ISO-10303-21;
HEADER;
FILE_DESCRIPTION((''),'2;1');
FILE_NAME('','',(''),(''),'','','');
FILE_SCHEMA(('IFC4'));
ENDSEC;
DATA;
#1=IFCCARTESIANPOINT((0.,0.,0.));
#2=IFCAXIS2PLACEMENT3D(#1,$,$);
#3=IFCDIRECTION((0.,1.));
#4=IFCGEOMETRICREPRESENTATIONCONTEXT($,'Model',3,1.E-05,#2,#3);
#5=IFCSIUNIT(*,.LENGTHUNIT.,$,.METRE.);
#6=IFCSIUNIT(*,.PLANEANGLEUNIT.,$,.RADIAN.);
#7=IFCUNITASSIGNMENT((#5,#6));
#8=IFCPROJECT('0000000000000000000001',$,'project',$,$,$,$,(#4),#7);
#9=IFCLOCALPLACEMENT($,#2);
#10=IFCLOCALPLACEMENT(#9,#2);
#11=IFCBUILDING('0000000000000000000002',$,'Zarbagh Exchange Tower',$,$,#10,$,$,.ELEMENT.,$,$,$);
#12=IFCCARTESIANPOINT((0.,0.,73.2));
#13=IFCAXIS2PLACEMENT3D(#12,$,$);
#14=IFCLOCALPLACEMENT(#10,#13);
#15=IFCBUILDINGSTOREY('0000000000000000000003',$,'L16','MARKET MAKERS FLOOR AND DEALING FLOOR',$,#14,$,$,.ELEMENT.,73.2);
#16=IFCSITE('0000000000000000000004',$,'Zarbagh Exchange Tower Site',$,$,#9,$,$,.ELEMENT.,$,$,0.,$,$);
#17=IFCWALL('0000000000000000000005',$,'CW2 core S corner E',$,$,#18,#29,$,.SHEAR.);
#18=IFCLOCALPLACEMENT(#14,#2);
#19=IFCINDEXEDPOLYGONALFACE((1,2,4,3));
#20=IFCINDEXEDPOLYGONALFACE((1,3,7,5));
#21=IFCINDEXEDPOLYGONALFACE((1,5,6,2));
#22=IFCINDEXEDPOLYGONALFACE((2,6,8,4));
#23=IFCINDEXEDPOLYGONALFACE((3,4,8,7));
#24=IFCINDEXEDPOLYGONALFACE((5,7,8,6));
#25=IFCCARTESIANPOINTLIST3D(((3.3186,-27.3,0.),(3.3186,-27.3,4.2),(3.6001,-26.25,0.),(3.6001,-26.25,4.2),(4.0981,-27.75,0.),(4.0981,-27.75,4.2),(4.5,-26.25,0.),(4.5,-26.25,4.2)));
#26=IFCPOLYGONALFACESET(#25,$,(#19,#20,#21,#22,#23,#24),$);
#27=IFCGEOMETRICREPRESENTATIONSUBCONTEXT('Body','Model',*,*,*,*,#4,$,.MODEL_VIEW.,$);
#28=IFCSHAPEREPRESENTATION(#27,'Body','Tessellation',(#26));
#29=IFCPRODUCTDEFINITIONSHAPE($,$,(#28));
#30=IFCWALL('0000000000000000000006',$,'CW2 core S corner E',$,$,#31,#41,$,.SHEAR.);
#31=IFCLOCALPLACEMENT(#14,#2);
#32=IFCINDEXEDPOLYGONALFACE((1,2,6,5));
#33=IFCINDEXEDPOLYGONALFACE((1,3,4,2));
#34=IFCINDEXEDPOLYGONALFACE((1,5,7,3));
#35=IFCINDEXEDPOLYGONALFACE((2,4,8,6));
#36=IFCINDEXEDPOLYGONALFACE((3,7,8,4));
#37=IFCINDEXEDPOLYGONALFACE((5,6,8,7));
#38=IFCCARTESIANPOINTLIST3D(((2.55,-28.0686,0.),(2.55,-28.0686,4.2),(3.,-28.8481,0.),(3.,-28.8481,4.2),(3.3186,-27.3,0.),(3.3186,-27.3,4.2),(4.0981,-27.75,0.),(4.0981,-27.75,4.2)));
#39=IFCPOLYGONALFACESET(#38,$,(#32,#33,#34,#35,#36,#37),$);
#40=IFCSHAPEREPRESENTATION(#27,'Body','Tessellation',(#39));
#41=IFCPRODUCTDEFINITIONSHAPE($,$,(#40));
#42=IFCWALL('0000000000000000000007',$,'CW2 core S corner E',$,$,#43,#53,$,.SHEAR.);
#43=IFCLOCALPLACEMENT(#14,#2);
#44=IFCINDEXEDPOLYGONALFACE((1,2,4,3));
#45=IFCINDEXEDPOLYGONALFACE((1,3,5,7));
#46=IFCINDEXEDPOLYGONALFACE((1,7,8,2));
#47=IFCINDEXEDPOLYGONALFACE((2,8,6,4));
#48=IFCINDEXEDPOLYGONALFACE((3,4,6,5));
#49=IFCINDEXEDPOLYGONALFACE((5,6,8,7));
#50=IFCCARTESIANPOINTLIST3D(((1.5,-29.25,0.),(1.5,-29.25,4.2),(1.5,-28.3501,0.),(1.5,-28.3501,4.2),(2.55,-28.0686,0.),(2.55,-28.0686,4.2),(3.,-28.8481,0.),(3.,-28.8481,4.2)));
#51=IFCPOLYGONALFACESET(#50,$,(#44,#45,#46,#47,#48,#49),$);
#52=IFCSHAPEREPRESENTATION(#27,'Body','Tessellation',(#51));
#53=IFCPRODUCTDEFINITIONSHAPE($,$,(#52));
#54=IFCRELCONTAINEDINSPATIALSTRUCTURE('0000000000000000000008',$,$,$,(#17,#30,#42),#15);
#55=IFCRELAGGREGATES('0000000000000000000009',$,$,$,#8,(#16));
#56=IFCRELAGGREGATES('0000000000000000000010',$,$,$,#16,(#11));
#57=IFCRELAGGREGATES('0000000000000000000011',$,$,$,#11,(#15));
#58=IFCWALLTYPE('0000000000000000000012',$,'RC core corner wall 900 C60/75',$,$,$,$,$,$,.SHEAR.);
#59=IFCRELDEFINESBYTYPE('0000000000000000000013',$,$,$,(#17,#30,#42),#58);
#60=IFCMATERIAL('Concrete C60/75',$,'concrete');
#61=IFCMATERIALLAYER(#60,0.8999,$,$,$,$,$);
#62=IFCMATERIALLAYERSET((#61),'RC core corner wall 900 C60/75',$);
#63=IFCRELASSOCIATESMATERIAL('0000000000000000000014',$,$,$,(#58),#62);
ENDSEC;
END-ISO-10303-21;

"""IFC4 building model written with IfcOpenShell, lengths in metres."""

from ifc_helpers import new_model, si_unit, direction, frame, origin, place, context, subcontext, project, spatial, polyline, outline, extrude, material, layer, layer_set, type_object, element, save


model = new_model("IFC4")

# Units and contexts
model_context = context("Model", 3, precision=1e-05, world=origin(), true_north=direction((0.0, 1.0)))
body_context = subcontext(model_context, "Body", "Model", "MODEL_VIEW")
ifc_project = project(units=[si_unit("LENGTHUNIT", "METRE"), si_unit("PLANEANGLEUNIT", "RADIAN")], contexts=[model_context])

# Site, building, storey
site_placement = place(None, origin())
site = spatial("IfcSite", under=ifc_project, at=site_placement, Name="Zarbagh Exchange Tower Site", CompositionType="ELEMENT", RefElevation=0.0)
building_placement = place(site_placement, origin())
building = spatial("IfcBuilding", under=site, at=building_placement, Name="Zarbagh Exchange Tower", CompositionType="ELEMENT")
storey_placement = place(building_placement, frame((0.0, 0.0, 73.2)))
storey = spatial("IfcBuildingStorey", under=building, at=storey_placement, Name="L16", Description="MARKET MAKERS FLOOR AND DEALING FLOOR", CompositionType="ELEMENT", Elevation=73.2)

# Walls
ifc_material_1 = material(Name="Concrete C60/75", Category="concrete")
ifc_layer_1 = layer(ifc_material_1, 0.8999)
ifc_layer_set_1 = layer_set([ifc_layer_1], Name="RC core corner wall 900 C60/75")
wall_type = type_object("IfcWallType", Name="RC core corner wall 900 C60/75", PredefinedType="SHEAR", material=ifc_layer_set_1)
wall_1_placement = place(storey_placement, origin())
element("IfcWall", 1, at=wall_1_placement, inside=storey, type_object=wall_type, Name="CW2 core S corner E", PredefinedType="SHEAR", context=body_context, shape_type="SweptSolid", body=[
    extrude(outline(polyline([(4.5, -26.25), (4.0981, -27.75), (3.3186, -27.3), (3.6001, -26.25), (4.5, -26.25)])), origin(), (0.0, 0.0, 1.0), 4.2),
])
wall_2_placement = place(storey_placement, origin())
element("IfcWall", 2, at=wall_2_placement, inside=storey, type_object=wall_type, Name="CW2 core S corner E", PredefinedType="SHEAR", context=body_context, shape_type="SweptSolid", body=[
    extrude(outline(polyline([(4.0981, -27.75), (3.0, -28.8481), (2.55, -28.0686), (3.3186, -27.3), (4.0981, -27.75)])), origin(), (0.0, 0.0, 1.0), 4.2),
])
wall_3_placement = place(storey_placement, origin())
element("IfcWall", 3, at=wall_3_placement, inside=storey, type_object=wall_type, Name="CW2 core S corner E", PredefinedType="SHEAR", context=body_context, shape_type="SweptSolid", body=[
    extrude(outline(polyline([(3.0, -28.8481), (1.5, -29.25), (1.5, -28.3501), (2.55, -28.0686), (3.0, -28.8481)])), origin(), (0.0, 0.0, 1.0), 4.2),
])

save(model, "model.ifc")
